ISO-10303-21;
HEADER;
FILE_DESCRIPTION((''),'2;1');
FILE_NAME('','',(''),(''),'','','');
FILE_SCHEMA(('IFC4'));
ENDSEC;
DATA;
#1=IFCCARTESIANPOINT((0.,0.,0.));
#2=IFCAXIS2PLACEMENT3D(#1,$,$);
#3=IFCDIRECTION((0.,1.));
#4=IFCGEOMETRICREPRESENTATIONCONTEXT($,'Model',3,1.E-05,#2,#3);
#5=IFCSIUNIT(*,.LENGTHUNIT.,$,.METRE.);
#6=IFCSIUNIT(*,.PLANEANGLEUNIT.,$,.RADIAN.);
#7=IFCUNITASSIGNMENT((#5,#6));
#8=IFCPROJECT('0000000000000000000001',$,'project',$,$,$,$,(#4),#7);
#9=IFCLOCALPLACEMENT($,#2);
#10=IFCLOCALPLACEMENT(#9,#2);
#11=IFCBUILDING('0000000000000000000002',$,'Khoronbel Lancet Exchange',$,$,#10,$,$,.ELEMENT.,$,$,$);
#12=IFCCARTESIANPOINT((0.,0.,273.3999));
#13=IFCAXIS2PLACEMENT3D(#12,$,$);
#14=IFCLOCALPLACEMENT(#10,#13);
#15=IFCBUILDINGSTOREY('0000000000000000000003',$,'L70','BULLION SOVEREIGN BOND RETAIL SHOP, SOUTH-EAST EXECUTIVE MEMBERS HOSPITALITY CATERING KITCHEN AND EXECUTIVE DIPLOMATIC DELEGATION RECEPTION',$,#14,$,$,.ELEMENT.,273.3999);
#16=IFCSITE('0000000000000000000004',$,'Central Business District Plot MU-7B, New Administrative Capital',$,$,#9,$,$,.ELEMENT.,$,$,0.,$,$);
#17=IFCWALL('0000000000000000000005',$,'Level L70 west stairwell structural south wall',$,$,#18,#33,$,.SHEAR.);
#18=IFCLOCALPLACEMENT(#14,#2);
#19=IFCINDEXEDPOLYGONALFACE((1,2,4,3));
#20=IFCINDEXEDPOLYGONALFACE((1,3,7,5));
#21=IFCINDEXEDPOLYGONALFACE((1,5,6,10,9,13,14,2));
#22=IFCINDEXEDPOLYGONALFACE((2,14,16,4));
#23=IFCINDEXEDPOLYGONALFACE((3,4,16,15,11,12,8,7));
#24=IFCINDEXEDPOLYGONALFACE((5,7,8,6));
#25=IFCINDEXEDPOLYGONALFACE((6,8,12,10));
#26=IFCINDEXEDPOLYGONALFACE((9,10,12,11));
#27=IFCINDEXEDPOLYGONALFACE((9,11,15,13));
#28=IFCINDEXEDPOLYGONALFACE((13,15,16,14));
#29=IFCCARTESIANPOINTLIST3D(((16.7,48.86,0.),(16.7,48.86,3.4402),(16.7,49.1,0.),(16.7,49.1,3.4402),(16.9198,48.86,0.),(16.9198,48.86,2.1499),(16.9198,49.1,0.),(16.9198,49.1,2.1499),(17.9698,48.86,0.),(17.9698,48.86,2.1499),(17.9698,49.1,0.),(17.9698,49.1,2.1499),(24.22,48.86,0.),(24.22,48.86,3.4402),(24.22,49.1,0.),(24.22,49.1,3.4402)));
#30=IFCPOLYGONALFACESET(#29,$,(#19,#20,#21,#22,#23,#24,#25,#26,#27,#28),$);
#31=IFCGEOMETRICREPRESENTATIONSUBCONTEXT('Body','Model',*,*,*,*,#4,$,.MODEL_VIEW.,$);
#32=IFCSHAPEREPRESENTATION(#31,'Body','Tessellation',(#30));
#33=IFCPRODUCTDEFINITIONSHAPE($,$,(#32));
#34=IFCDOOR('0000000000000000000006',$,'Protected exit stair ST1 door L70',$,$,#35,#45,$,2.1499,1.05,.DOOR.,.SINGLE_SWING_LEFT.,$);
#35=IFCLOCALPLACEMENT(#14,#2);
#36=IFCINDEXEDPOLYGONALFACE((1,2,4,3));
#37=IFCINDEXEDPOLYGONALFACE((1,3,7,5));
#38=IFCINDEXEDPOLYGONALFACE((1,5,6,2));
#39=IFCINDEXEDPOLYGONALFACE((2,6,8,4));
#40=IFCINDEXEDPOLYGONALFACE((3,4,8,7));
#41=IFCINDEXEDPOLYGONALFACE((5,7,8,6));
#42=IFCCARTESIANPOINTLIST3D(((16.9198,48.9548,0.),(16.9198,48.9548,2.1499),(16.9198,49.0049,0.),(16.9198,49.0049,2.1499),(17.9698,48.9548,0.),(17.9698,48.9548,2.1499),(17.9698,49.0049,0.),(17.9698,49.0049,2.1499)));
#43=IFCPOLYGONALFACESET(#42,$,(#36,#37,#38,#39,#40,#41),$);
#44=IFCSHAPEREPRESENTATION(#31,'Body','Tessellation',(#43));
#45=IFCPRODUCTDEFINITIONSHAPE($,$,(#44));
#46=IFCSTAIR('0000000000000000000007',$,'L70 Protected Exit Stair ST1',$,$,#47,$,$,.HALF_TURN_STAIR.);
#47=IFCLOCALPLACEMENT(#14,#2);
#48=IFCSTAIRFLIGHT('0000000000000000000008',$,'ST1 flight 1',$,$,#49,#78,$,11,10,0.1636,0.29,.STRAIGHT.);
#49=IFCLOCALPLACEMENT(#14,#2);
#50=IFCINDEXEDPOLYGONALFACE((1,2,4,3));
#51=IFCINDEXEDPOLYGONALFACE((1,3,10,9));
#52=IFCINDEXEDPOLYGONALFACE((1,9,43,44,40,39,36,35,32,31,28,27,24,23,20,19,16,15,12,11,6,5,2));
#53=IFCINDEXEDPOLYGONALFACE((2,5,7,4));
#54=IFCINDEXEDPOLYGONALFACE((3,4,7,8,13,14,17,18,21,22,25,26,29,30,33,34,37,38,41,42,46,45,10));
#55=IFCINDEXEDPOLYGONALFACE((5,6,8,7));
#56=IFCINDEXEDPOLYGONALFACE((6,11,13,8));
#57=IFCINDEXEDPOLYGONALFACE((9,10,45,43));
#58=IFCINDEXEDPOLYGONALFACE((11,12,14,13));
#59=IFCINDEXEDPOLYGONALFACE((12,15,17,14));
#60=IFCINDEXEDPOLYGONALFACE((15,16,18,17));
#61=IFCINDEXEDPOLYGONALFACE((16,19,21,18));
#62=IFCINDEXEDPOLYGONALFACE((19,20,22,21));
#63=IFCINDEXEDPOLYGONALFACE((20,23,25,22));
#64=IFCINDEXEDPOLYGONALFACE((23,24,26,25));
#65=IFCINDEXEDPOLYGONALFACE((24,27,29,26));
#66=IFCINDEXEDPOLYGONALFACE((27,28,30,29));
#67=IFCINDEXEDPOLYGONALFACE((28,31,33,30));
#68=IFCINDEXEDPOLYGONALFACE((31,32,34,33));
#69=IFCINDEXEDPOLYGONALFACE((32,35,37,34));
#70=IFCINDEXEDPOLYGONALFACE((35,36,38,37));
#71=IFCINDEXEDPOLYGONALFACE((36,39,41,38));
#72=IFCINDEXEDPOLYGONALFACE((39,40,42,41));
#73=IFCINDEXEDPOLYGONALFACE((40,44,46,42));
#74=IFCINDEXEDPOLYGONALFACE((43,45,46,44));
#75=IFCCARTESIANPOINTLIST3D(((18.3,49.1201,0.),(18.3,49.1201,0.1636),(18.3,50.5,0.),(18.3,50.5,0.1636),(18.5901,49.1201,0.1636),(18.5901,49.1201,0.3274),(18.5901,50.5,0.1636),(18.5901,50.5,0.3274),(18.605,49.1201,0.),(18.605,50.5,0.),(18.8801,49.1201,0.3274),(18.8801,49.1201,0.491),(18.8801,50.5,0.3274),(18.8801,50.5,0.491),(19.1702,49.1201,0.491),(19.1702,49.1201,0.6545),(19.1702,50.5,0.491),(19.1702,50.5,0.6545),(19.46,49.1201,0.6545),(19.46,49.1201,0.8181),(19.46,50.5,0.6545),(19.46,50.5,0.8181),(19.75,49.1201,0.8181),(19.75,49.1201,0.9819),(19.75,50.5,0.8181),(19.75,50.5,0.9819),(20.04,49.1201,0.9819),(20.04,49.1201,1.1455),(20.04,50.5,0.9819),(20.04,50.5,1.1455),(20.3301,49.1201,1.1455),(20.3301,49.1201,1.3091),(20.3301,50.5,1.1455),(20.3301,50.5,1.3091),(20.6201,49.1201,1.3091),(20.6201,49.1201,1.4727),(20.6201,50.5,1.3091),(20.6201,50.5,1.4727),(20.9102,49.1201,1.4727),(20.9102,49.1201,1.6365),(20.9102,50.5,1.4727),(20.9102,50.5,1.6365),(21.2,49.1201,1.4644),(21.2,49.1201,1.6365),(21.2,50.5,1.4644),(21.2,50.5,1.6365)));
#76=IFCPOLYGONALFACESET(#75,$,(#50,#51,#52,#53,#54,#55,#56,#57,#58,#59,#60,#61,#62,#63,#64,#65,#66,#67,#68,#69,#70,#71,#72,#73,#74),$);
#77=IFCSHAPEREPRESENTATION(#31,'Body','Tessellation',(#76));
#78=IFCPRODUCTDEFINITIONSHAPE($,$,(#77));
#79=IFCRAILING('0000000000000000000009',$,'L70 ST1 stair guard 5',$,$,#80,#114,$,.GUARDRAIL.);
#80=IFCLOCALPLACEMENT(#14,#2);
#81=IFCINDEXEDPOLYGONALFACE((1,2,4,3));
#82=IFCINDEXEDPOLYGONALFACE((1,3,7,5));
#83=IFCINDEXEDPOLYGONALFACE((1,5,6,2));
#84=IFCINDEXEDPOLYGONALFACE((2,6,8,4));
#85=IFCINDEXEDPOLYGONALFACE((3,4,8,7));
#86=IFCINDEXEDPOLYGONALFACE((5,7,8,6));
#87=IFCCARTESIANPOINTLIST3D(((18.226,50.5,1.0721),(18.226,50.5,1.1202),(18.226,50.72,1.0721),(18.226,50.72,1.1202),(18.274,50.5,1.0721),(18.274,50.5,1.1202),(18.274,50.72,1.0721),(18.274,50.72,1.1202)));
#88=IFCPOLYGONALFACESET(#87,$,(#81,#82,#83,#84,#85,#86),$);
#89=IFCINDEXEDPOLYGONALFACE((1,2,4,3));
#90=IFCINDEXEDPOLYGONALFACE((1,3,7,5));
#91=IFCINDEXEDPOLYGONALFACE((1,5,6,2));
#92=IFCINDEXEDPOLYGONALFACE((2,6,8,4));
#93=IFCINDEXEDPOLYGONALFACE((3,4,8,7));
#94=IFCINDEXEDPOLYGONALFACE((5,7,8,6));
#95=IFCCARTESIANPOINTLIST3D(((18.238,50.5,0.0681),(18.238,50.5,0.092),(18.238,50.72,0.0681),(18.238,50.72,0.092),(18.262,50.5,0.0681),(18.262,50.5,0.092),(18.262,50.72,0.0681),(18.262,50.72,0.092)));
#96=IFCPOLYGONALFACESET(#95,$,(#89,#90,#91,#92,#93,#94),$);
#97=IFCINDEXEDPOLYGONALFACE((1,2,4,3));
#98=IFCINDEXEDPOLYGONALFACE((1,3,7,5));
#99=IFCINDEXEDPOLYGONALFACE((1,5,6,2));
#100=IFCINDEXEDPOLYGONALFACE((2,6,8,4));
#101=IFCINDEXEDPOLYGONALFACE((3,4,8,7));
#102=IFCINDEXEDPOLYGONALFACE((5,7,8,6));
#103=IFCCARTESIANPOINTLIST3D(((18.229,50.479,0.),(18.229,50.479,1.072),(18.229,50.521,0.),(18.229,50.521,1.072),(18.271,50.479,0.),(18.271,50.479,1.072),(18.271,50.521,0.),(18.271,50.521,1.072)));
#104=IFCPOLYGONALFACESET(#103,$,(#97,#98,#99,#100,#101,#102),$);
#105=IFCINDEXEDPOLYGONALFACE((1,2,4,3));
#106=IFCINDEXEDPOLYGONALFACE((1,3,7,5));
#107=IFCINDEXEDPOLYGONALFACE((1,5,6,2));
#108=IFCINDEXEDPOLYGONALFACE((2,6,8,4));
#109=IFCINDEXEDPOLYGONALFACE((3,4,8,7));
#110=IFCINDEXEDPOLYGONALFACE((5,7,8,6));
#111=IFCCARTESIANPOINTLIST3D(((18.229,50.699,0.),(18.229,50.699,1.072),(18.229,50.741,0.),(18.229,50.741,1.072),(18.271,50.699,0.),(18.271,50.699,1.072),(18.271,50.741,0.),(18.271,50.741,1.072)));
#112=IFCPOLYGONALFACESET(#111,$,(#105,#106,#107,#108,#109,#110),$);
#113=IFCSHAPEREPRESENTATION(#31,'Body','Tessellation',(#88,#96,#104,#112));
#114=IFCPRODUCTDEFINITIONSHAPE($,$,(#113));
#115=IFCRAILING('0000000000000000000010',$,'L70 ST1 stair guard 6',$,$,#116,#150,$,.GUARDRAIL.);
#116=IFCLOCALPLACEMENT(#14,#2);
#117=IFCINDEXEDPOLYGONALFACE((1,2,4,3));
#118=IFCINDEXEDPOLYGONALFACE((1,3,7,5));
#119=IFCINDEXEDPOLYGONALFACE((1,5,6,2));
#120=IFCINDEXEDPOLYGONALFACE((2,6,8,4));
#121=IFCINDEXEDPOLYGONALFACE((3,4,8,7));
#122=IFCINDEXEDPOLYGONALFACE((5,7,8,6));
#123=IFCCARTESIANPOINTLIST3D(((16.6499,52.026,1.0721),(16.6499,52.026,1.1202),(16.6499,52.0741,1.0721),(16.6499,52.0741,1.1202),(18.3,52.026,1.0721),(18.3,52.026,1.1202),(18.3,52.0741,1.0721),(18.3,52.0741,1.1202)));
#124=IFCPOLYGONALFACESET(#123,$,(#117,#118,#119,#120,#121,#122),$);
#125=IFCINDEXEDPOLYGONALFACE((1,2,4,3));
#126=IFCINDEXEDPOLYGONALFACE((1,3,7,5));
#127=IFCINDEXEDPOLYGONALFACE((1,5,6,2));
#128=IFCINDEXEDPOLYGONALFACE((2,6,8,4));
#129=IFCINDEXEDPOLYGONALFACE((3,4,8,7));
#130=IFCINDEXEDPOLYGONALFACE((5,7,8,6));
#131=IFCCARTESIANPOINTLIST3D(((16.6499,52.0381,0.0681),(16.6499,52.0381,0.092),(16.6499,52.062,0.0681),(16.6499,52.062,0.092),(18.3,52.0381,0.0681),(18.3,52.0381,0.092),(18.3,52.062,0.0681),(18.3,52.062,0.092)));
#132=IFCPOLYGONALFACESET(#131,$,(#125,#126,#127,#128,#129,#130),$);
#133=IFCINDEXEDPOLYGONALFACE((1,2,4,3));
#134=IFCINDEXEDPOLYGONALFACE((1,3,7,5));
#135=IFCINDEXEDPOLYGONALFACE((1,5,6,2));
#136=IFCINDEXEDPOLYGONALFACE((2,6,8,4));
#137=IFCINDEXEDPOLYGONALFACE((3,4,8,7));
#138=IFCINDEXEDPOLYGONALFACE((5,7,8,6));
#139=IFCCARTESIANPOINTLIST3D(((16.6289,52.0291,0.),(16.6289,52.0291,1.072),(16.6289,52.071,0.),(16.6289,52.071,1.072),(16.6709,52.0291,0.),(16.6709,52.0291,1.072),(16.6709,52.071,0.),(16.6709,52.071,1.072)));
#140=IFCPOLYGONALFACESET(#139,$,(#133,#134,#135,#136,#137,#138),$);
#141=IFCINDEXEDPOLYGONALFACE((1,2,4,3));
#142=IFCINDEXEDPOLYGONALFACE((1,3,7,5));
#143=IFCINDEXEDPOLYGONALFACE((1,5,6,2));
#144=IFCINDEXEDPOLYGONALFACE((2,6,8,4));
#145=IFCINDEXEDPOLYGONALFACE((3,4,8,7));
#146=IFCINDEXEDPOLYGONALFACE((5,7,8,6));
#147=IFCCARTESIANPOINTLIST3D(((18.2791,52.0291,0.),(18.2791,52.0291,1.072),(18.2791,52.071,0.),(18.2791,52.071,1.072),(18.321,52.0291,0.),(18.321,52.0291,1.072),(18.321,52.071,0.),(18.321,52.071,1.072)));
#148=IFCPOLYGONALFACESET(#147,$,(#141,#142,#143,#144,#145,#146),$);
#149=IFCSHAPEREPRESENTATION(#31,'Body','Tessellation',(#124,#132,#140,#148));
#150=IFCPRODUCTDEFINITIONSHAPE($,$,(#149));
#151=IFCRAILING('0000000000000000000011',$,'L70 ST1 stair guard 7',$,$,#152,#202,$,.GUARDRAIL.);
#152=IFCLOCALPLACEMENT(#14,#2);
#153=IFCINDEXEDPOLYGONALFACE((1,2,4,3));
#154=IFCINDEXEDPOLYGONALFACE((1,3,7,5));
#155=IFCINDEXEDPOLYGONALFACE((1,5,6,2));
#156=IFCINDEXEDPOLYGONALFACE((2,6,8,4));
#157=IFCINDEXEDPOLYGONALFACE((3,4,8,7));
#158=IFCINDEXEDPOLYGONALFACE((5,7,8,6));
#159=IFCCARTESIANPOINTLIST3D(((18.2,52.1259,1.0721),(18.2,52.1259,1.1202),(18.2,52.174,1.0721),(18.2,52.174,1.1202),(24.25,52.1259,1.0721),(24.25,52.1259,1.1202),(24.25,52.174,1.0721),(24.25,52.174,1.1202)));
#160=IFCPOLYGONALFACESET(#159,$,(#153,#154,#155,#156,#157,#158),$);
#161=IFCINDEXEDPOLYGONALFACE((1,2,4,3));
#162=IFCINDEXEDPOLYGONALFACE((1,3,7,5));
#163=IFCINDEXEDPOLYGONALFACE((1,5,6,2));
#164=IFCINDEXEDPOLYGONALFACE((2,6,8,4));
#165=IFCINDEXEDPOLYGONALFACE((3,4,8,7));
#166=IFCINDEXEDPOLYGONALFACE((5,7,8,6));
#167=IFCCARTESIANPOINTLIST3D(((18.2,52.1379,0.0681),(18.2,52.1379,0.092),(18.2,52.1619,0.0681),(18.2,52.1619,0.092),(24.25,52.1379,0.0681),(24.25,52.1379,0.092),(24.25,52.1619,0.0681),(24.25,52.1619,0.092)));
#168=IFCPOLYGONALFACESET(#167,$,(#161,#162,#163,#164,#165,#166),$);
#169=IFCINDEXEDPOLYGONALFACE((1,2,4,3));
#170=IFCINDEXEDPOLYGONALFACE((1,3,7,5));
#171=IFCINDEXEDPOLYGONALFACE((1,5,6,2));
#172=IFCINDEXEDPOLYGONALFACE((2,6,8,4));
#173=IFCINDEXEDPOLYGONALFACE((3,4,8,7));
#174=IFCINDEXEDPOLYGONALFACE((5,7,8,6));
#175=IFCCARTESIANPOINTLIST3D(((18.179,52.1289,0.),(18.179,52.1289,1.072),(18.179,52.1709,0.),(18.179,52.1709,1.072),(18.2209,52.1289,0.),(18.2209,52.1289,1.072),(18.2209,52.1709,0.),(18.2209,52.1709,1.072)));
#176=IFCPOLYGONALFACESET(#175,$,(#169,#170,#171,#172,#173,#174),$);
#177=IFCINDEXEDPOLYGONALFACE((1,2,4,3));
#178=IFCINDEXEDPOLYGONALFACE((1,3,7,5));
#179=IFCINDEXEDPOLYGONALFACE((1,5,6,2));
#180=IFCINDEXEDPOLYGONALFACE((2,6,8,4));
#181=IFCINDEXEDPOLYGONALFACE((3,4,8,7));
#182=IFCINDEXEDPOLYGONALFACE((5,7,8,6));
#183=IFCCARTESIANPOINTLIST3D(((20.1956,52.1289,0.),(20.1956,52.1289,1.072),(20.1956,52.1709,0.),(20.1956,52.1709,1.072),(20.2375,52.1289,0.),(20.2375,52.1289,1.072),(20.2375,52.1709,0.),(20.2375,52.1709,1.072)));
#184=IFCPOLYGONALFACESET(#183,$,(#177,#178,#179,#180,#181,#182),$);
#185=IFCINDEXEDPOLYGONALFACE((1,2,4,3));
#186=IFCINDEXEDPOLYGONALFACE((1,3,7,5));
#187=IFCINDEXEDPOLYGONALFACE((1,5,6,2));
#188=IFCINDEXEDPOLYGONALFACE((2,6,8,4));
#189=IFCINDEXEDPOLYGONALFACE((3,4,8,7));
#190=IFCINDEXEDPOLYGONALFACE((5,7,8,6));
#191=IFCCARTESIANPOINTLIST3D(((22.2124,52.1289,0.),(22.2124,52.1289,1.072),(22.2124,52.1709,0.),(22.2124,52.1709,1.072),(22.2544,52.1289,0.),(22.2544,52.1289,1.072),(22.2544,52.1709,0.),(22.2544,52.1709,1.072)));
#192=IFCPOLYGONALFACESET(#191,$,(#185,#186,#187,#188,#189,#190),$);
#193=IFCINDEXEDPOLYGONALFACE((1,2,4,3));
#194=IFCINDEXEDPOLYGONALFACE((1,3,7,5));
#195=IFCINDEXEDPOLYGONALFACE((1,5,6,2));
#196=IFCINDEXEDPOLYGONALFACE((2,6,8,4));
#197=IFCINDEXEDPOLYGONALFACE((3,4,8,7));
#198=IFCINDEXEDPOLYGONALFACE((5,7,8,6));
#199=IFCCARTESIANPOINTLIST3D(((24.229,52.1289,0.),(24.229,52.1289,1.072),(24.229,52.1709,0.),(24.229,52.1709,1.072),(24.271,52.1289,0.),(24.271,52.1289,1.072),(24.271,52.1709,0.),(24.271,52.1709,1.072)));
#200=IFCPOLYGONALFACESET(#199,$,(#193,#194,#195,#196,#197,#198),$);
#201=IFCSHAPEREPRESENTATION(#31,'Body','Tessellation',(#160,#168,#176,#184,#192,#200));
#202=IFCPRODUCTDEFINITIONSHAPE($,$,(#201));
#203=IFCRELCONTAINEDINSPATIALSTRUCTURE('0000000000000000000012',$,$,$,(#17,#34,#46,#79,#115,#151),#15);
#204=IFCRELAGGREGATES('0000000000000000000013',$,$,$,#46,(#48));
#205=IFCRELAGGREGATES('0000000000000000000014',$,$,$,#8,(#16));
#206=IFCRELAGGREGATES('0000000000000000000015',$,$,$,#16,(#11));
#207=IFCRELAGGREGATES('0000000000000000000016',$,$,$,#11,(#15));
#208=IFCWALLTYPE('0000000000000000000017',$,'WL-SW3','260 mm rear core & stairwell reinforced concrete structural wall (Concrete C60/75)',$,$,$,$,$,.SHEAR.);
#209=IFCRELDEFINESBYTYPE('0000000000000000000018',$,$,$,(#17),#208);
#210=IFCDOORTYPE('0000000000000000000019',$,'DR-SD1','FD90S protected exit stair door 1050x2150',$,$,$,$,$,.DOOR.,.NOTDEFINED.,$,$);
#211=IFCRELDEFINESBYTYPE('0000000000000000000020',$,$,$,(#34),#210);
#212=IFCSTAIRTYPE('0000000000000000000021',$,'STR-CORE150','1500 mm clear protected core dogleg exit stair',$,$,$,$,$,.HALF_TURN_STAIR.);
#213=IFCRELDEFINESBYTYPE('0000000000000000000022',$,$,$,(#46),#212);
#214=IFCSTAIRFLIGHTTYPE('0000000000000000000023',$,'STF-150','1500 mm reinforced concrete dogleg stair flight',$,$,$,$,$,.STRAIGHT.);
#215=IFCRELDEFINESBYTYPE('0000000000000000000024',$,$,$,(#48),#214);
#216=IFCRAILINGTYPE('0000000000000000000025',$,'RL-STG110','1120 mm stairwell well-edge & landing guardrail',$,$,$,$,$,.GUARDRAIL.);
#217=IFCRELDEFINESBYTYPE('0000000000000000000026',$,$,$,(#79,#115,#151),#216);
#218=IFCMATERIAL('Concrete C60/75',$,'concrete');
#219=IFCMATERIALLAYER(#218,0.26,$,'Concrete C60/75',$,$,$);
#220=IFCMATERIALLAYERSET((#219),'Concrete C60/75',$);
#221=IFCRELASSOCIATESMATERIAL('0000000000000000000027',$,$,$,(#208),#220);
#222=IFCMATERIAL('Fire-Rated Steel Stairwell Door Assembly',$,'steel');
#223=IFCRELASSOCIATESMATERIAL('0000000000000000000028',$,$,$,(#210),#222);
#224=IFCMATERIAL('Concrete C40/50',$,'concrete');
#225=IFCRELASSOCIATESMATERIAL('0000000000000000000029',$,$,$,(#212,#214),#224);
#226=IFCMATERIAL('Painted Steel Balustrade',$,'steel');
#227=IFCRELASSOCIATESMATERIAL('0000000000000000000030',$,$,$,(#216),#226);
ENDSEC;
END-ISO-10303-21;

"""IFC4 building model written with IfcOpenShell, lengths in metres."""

from ifc_helpers import new_model, si_unit, direction, frame, frame_2d, origin, origin_2d, place, context, subcontext, project, spatial, polyline, rectangle, outline, extrude, material, layer, layer_set, type_object, element, fill, aggregate, save


model = new_model("IFC4")

# Units and contexts
model_context = context("Model", 3, precision=1e-05, world=origin(), true_north=direction((0.0, 1.0)))
body_context = subcontext(model_context, "Body", "Model", "MODEL_VIEW")
ifc_project = project(units=[si_unit("LENGTHUNIT", "METRE"), si_unit("PLANEANGLEUNIT", "RADIAN")], contexts=[model_context])

# Site, building, storey
site_placement = place(None, origin())
site = spatial("IfcSite", under=ifc_project, at=site_placement, Name="Central Business District Plot MU-7B, New Administrative Capital", CompositionType="ELEMENT", RefElevation=0.0)
building_placement = place(site_placement, origin())
building = spatial("IfcBuilding", under=site, at=building_placement, Name="Khoronbel Lancet Exchange", CompositionType="ELEMENT")
storey_placement = place(building_placement, frame((0.0, 0.0, 273.3999)))
storey = spatial("IfcBuildingStorey", under=building, at=storey_placement, Name="L70", Description="BULLION SOVEREIGN BOND RETAIL SHOP, SOUTH-EAST EXECUTIVE MEMBERS HOSPITALITY CATERING KITCHEN AND EXECUTIVE DIPLOMATIC DELEGATION RECEPTION", CompositionType="ELEMENT", Elevation=273.3999)

# Shared definitions
ifc_material_1 = material(Name="Concrete C60/75", Category="concrete")

# Wall, opening, door
ifc_layer_1 = layer(ifc_material_1, 0.26, Name="Concrete C60/75")
ifc_layer_set_1 = layer_set([ifc_layer_1], Name="Concrete C60/75")
wall_type_1 = type_object("IfcWallType", Name="WL-SW3", Description="260 mm rear core & stairwell reinforced concrete structural wall (Concrete C60/75)", PredefinedType="SHEAR", material=ifc_layer_set_1)
wall_1_placement = place(storey_placement, frame((16.7, 48.98, 0.0), z_axis=(0.0, 0.0, 1.0), x_axis=(1.0, 0.0, 0.0)))
wall_1 = element("IfcWall", 1, at=wall_1_placement, inside=storey, type_object=wall_type_1, Name="Level L70 west stairwell structural south wall", PredefinedType="SHEAR", context=body_context, shape_type="SweptSolid", body=[
    extrude(rectangle(XDim=7.52, YDim=0.24, at=frame_2d((3.76, 0.0))), origin(), (0.0, 0.0, 1.0), 3.4402),
])
opening_placement = place(wall_1_placement, frame((0.22, 0.0, 0.0)))
opening = element("IfcOpeningElement", 2, at=opening_placement, cuts=wall_1, PredefinedType="OPENING", context=body_context, shape_type="SweptSolid", body=[
    extrude(rectangle(XDim=1.05, YDim=2.1499, at=frame_2d((0.5249, 1.075))), frame((0.0, 0.1299, 0.0), z_axis=(0.0, -1.0, 0.0), x_axis=(1.0, 0.0, 0.0)), (0.0, 0.0, 1.0), 0.26),
])
ifc_material_2 = material(Name="Fire-Rated Steel Stairwell Door Assembly", Category="steel")
door_type = type_object("IfcDoorType", Name="DR-SD1", Description="FD90S protected exit stair door 1050x2150", OperationType="NOTDEFINED", PredefinedType="DOOR", material=ifc_material_2)
door_placement = place(opening_placement, origin())
door = element("IfcDoor", 3, at=door_placement, inside=storey, type_object=door_type, Name="Protected exit stair ST1 door L70", OperationType="SINGLE_SWING_LEFT", OverallHeight=2.1499, OverallWidth=1.05, PredefinedType="DOOR", context=body_context, shape_type="SweptSolid", body=[
    extrude(rectangle(XDim=1.05, YDim=2.1499, at=frame_2d((0.5249, 1.075))), frame((0.0, 0.0249, 0.0), z_axis=(0.0, -1.0, 0.0), x_axis=(1.0, 0.0, 0.0)), (0.0, 0.0, 1.0), 0.05),
])
fill(opening, door)

# Stair, stair flight
ifc_material_3 = material(Name="Concrete C40/50", Category="concrete")
stair_type = type_object("IfcStairType", Name="STR-CORE150", Description="1500 mm clear protected core dogleg exit stair", PredefinedType="HALF_TURN_STAIR", material=ifc_material_3)
stair_placement = place(storey_placement, origin())
stair = element("IfcStair", 4, at=stair_placement, inside=storey, type_object=stair_type, Name="L70 Protected Exit Stair ST1", PredefinedType="HALF_TURN_STAIR")
stair_flight_type = type_object("IfcStairFlightType", Name="STF-150", Description="1500 mm reinforced concrete dogleg stair flight", PredefinedType="STRAIGHT", material=ifc_material_3)
stair_flight_placement = place(storey_placement, frame((18.3, 49.8101, 0.0), z_axis=(0.0, 0.0, 1.0), x_axis=(1.0, 0.0, 0.0)))
stair_flight = element("IfcStairFlight", 5, at=stair_flight_placement, type_object=stair_flight_type, Name="ST1 flight 1", NumberOfRisers=11, NumberOfTreads=10, PredefinedType="STRAIGHT", RiserHeight=0.1636, TreadLength=0.29, context=body_context, shape_type="SweptSolid", body=[
    extrude(outline(polyline([(0.0, 0.0), (0.0, 0.1636), (0.29, 0.1636), (0.29, 0.3274), (0.5801, 0.3274), (0.5801, 0.491), (0.8701, 0.491), (0.8701, 0.6545), (1.1599, 0.6545), (1.1599, 0.8181), (1.45, 0.8181), (1.45, 0.9819), (1.74, 0.9819), (1.74, 1.1455), (2.03, 1.1455), (2.03, 1.3091), (2.3201, 1.3091), (2.3201, 1.4727), (2.6101, 1.4727), (2.6101, 1.6365), (2.8999, 1.6365), (2.8999, 1.8), (2.8999, 1.4644), (0.3049, 0.0), (0.0, 0.0)])), frame((0.0, 0.6899, 0.0), z_axis=(0.0, -1.0, 0.0), x_axis=(1.0, 0.0, 0.0)), (0.0, 0.0, 1.0), 1.3799),
])
aggregate(stair, [stair_flight])

# Railings
ifc_material_4 = material(Name="Painted Steel Balustrade", Category="steel")
railing_type_1 = type_object("IfcRailingType", Name="RL-STG110", Description="1120 mm stairwell well-edge & landing guardrail", PredefinedType="GUARDRAIL", material=ifc_material_4)
railing_1_placement = place(storey_placement, frame((18.25, 50.5, 0.0)))
element("IfcRailing", 6, at=railing_1_placement, inside=storey, type_object=railing_type_1, Name="L70 ST1 stair guard 5", PredefinedType="GUARDRAIL", context=body_context, shape_type="SweptSolid", body=[
    extrude(rectangle(XDim=0.0481, YDim=0.0481, at=origin_2d()), frame((0.0, 0.0, 1.0962), z_axis=(0.0, 1.0, 0.0), x_axis=(-1.0, 0.0, 0.0)), (0.0, 0.0, 1.0), 0.22),
    extrude(rectangle(XDim=0.0239, YDim=0.0239, at=origin_2d()), frame((0.0, 0.0, 0.0801), z_axis=(0.0, 1.0, 0.0), x_axis=(-1.0, 0.0, 0.0)), (0.0, 0.0, 1.0), 0.22),
    extrude(rectangle(XDim=0.042, YDim=0.042, at=origin_2d()), origin(), (0.0, 0.0, 1.0), 1.072),
    extrude(rectangle(XDim=0.042, YDim=0.042, at=origin_2d()), frame((0.0, 0.22, 0.0)), (0.0, 0.0, 1.0), 1.072),
])
railing_2_placement = place(storey_placement, frame((16.6499, 52.05, 0.0)))
element("IfcRailing", 7, at=railing_2_placement, inside=storey, type_object=railing_type_1, Name="L70 ST1 stair guard 6", PredefinedType="GUARDRAIL", context=body_context, shape_type="SweptSolid", body=[
    extrude(rectangle(XDim=0.0481, YDim=0.0481, at=origin_2d()), frame((0.0, 0.0, 1.0962), z_axis=(1.0, 0.0, 0.0), x_axis=(0.0, 1.0, 0.0)), (0.0, 0.0, 1.0), 1.6501),
    extrude(rectangle(XDim=0.0239, YDim=0.0239, at=origin_2d()), frame((0.0, 0.0, 0.0801), z_axis=(1.0, 0.0, 0.0), x_axis=(0.0, 1.0, 0.0)), (0.0, 0.0, 1.0), 1.6501),
    extrude(rectangle(XDim=0.042, YDim=0.042, at=origin_2d()), origin(), (0.0, 0.0, 1.0), 1.072),
    extrude(rectangle(XDim=0.042, YDim=0.042, at=origin_2d()), frame((1.6501, 0.0, 0.0)), (0.0, 0.0, 1.0), 1.072),
])
railing_3_placement = place(storey_placement, frame((18.2, 52.1499, 0.0)))
element("IfcRailing", 8, at=railing_3_placement, inside=storey, type_object=railing_type_1, Name="L70 ST1 stair guard 7", PredefinedType="GUARDRAIL", context=body_context, shape_type="SweptSolid", body=[
    extrude(rectangle(XDim=0.0481, YDim=0.0481, at=origin_2d()), frame((0.0, 0.0, 1.0962), z_axis=(1.0, 0.0, 0.0), x_axis=(0.0, 1.0, 0.0)), (0.0, 0.0, 1.0), 6.05),
    extrude(rectangle(XDim=0.0239, YDim=0.0239, at=origin_2d()), frame((0.0, 0.0, 0.0801), z_axis=(1.0, 0.0, 0.0), x_axis=(0.0, 1.0, 0.0)), (0.0, 0.0, 1.0), 6.05),
    extrude(rectangle(XDim=0.042, YDim=0.042, at=origin_2d()), origin(), (0.0, 0.0, 1.0), 1.072),
    extrude(rectangle(XDim=0.042, YDim=0.042, at=origin_2d()), frame((2.0166, 0.0, 0.0)), (0.0, 0.0, 1.0), 1.072),
    extrude(rectangle(XDim=0.042, YDim=0.042, at=origin_2d()), frame((4.0334, 0.0, 0.0)), (0.0, 0.0, 1.0), 1.072),
    extrude(rectangle(XDim=0.042, YDim=0.042, at=origin_2d()), frame((6.05, 0.0, 0.0)), (0.0, 0.0, 1.0), 1.072),
])

save(model, "model.ifc")
